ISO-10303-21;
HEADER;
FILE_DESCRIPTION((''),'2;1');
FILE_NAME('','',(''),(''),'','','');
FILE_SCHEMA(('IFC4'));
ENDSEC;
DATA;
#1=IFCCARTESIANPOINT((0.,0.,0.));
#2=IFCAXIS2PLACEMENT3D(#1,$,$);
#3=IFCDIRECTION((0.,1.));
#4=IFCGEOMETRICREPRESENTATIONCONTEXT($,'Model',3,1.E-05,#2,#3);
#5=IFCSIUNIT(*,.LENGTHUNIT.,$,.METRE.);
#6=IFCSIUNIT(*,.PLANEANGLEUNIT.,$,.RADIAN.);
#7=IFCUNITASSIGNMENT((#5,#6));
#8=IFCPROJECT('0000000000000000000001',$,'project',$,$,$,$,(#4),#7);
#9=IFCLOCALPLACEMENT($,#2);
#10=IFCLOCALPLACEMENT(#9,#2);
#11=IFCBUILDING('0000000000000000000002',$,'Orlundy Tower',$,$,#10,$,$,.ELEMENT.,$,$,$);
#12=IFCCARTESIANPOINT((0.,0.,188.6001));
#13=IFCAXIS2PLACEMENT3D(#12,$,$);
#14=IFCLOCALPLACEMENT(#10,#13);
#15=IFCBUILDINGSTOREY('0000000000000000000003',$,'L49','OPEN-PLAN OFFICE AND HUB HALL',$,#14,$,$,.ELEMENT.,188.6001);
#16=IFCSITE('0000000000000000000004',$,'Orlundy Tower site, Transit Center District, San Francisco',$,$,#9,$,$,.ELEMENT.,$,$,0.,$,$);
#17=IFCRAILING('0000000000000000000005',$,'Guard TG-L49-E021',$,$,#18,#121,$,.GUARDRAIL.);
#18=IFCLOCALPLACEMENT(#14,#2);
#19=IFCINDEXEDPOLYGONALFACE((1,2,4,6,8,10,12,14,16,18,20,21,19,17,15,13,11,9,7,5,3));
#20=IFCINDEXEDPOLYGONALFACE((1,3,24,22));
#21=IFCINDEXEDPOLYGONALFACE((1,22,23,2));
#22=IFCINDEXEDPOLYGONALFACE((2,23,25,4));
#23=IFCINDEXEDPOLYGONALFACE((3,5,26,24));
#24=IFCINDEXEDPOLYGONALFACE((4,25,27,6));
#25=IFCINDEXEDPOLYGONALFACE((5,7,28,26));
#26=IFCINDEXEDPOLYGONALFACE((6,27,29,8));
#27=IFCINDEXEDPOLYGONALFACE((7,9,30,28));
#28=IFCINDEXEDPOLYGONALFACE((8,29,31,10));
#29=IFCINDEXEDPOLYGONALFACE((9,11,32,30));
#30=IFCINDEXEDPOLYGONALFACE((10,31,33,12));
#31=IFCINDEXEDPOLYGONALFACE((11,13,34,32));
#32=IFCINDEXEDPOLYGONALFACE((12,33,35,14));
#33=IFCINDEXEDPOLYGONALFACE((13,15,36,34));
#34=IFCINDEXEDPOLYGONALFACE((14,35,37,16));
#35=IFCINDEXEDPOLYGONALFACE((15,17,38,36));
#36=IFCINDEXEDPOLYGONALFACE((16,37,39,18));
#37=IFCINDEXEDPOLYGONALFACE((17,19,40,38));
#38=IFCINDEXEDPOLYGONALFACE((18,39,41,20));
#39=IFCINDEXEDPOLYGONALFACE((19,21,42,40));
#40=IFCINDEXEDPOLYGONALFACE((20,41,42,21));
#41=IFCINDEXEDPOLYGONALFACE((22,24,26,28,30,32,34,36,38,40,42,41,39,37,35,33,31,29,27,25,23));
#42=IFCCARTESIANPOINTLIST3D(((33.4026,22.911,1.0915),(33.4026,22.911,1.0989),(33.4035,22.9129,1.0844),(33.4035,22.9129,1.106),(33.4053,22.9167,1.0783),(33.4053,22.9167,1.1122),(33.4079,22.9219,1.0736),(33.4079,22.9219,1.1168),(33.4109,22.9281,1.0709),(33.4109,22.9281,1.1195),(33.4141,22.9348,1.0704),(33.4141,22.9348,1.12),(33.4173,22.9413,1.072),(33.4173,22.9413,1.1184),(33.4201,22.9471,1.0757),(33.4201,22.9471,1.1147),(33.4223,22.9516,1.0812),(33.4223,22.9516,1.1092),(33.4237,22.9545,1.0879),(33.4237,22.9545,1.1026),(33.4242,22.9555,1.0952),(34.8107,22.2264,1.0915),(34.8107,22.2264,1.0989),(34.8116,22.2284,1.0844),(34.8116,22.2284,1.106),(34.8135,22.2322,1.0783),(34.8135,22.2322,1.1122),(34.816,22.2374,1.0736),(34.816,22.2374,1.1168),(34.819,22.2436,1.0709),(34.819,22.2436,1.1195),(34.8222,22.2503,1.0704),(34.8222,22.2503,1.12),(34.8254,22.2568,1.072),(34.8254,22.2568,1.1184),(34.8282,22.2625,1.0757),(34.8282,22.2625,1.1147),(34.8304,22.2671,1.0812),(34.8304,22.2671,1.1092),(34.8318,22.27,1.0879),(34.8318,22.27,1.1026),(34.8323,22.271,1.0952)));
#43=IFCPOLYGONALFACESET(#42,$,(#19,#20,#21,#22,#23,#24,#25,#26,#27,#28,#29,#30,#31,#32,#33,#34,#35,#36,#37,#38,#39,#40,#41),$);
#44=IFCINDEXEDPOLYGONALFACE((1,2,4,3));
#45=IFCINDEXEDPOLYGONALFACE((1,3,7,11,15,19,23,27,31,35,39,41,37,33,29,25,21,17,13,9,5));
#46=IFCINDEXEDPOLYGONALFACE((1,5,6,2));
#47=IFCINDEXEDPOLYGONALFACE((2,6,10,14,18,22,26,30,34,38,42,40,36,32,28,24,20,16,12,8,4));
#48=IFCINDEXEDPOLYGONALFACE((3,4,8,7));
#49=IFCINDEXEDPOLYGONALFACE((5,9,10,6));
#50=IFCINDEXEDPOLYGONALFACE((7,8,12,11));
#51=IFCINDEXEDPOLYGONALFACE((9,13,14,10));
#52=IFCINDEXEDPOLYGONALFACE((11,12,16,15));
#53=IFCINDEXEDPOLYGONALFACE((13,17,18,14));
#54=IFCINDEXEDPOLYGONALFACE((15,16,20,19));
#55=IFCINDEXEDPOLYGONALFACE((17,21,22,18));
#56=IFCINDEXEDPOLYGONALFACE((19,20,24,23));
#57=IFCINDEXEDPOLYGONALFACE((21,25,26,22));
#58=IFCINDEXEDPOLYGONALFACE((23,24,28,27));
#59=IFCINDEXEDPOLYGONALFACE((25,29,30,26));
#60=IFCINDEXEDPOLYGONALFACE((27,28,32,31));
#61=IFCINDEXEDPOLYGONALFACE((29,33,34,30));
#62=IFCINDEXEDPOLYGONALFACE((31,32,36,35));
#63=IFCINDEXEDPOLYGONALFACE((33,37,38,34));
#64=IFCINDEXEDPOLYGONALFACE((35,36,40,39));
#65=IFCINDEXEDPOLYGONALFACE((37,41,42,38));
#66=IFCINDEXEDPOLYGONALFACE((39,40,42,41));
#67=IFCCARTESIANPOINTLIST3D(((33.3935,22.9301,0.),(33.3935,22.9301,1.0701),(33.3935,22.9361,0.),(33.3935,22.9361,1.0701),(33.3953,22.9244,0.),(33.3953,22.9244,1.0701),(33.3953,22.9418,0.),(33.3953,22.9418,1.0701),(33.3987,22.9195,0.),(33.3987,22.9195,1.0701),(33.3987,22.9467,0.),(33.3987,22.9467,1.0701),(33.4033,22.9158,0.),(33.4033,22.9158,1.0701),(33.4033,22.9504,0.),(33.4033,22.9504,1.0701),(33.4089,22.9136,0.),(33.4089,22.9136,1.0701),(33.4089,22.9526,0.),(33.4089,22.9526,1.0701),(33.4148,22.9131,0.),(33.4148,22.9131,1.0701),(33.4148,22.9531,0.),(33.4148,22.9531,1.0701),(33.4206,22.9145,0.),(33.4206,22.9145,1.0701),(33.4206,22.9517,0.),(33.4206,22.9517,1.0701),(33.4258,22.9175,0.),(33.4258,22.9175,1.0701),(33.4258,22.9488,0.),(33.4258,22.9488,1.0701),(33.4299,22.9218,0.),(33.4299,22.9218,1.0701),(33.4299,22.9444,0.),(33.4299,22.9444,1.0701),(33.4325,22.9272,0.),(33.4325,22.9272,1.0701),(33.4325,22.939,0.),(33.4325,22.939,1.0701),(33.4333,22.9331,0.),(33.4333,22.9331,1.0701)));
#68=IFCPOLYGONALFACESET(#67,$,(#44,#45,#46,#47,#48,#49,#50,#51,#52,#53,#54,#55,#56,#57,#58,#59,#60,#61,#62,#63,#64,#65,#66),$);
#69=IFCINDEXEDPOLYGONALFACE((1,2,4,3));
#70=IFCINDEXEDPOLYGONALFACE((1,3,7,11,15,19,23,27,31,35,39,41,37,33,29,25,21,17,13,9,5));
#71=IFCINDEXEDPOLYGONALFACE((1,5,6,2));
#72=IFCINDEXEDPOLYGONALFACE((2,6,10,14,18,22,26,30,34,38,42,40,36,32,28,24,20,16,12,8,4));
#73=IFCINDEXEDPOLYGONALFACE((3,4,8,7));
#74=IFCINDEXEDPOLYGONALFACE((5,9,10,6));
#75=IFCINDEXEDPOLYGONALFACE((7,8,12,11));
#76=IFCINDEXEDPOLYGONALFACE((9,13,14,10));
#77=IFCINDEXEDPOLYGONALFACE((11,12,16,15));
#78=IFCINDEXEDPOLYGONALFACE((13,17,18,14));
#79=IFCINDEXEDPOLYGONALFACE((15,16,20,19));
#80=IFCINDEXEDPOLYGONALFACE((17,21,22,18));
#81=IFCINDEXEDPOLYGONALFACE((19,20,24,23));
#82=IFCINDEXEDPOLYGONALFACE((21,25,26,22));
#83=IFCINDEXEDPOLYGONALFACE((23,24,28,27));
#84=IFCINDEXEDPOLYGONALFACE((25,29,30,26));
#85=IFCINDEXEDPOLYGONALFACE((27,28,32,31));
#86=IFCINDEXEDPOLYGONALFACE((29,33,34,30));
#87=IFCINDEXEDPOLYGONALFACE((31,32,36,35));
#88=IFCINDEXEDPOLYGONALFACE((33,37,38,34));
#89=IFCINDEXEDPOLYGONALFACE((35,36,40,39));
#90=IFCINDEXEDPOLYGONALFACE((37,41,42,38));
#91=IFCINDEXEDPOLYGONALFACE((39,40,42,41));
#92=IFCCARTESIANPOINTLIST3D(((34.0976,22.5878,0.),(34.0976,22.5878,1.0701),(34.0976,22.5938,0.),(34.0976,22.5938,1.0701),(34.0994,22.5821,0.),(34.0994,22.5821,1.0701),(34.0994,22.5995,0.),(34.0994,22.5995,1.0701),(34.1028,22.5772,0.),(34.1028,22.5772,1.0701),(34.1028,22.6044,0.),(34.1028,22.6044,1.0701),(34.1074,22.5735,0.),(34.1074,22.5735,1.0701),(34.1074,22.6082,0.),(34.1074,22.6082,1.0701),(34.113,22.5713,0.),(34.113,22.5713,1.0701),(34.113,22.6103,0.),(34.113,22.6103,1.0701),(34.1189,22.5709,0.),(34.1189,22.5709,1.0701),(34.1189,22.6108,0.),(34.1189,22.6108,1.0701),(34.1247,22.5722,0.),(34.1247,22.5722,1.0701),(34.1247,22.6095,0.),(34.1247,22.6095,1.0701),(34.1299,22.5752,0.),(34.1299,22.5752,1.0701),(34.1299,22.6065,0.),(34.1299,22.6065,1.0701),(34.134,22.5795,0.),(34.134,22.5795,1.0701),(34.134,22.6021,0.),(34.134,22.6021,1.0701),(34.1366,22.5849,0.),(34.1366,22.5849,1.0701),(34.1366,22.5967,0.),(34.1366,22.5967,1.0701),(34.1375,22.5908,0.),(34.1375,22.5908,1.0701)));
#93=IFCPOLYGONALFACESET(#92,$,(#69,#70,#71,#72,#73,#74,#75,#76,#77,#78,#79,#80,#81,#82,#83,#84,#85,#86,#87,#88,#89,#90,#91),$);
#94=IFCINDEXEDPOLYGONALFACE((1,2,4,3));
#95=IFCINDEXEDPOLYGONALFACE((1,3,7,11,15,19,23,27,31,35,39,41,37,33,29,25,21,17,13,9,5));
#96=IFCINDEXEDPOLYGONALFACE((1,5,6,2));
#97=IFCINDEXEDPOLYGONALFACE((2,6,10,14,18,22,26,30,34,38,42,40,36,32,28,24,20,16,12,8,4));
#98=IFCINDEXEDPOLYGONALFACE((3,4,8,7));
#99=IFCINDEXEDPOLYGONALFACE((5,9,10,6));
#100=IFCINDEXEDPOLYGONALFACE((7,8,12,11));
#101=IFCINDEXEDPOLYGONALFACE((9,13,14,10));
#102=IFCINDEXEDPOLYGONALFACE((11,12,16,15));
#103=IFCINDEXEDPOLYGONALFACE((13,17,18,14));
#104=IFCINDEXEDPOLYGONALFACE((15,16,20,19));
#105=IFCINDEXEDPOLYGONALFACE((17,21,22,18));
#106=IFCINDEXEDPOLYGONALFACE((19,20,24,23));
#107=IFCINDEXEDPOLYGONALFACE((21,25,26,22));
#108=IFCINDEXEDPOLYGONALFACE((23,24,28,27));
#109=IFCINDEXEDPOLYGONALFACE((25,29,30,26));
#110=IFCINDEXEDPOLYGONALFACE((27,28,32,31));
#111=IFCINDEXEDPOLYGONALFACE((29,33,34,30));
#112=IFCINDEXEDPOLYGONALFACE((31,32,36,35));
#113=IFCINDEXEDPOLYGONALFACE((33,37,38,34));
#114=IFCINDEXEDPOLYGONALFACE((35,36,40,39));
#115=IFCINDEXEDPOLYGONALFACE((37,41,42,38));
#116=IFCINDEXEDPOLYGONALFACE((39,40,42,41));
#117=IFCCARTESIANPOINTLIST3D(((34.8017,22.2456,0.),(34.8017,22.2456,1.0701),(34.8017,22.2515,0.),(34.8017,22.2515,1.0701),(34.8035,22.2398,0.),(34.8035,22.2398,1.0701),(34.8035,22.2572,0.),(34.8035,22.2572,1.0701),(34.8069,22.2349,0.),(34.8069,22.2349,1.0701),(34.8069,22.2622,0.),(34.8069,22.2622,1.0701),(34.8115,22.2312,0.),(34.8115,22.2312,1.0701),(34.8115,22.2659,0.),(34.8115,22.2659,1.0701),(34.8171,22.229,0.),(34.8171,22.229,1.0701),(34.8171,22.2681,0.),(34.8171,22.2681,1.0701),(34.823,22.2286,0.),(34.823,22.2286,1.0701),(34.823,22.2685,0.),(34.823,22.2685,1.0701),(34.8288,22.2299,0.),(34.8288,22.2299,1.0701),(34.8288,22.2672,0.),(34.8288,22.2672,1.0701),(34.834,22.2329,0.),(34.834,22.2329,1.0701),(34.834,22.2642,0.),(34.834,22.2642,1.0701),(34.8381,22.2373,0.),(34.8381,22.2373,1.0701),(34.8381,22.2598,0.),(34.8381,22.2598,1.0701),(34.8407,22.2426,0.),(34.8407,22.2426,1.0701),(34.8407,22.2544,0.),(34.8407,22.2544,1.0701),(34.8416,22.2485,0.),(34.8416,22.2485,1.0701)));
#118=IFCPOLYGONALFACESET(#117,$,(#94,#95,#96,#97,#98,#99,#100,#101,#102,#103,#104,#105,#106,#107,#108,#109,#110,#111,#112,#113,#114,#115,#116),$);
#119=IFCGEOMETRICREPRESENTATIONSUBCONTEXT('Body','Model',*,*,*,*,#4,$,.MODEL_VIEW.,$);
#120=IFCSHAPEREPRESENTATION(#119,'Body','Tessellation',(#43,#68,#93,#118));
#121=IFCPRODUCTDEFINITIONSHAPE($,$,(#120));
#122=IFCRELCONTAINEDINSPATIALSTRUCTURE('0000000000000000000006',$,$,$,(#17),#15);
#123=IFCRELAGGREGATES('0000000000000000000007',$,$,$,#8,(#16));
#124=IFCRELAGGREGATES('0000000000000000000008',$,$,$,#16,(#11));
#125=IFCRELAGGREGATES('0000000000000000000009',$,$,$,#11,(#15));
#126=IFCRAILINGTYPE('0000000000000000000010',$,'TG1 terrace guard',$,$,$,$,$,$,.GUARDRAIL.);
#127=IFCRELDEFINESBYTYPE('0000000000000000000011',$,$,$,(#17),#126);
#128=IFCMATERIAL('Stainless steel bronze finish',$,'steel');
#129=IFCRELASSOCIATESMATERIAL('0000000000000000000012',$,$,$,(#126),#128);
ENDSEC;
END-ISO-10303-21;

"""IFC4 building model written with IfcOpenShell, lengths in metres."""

from ifc_helpers import new_model, si_unit, direction, frame, origin, origin_2d, place, context, subcontext, project, spatial, circle, extrude, material, type_object, element, save


model = new_model("IFC4")

# Units and contexts
model_context = context("Model", 3, precision=1e-05, world=origin(), true_north=direction((0.0, 1.0)))
body_context = subcontext(model_context, "Body", "Model", "MODEL_VIEW")
ifc_project = project(units=[si_unit("LENGTHUNIT", "METRE"), si_unit("PLANEANGLEUNIT", "RADIAN")], contexts=[model_context])

# Site, building, storey
site_placement = place(None, origin())
site = spatial("IfcSite", under=ifc_project, at=site_placement, Name="Orlundy Tower site, Transit Center District, San Francisco", CompositionType="ELEMENT", RefElevation=0.0)
building_placement = place(site_placement, origin())
building = spatial("IfcBuilding", under=site, at=building_placement, Name="Orlundy Tower", CompositionType="ELEMENT")
storey_placement = place(building_placement, frame((0.0, 0.0, 188.6001)))
storey = spatial("IfcBuildingStorey", under=building, at=storey_placement, Name="L49", Description="OPEN-PLAN OFFICE AND HUB HALL", CompositionType="ELEMENT", Elevation=188.6001)

# Railing
ifc_material_1 = material(Name="Stainless steel bronze finish", Category="steel")
railing_type = type_object("IfcRailingType", Name="TG1 terrace guard", PredefinedType="GUARDRAIL", material=ifc_material_1)
railing_1_placement = place(storey_placement, frame((33.4133, 22.9331, 0.0)))
element("IfcRailing", 1, at=railing_1_placement, inside=storey, type_object=railing_type, Name="Guard TG-L49-E021", PredefinedType="GUARDRAIL", context=body_context, shape_type="SweptSolid", body=[
    extrude(circle(Radius=0.0249, at=origin_2d()), frame((0.0, 0.0, 1.0952), z_axis=(0.899361, -0.437207, 0.0), x_axis=(0.437207, 0.899361, 0.0)), (0.0, 0.0, 1.0), 1.5657),
    extrude(circle(Radius=0.02, at=origin_2d()), origin(), (0.0, 0.0, 1.0), 1.0701),
    extrude(circle(Radius=0.02, at=origin_2d()), frame((0.7041, -0.3423, 0.0)), (0.0, 0.0, 1.0), 1.0701),
    extrude(circle(Radius=0.02, at=origin_2d()), frame((1.4082, -0.6846, 0.0)), (0.0, 0.0, 1.0), 1.0701),
])

save(model, "model.ifc")
